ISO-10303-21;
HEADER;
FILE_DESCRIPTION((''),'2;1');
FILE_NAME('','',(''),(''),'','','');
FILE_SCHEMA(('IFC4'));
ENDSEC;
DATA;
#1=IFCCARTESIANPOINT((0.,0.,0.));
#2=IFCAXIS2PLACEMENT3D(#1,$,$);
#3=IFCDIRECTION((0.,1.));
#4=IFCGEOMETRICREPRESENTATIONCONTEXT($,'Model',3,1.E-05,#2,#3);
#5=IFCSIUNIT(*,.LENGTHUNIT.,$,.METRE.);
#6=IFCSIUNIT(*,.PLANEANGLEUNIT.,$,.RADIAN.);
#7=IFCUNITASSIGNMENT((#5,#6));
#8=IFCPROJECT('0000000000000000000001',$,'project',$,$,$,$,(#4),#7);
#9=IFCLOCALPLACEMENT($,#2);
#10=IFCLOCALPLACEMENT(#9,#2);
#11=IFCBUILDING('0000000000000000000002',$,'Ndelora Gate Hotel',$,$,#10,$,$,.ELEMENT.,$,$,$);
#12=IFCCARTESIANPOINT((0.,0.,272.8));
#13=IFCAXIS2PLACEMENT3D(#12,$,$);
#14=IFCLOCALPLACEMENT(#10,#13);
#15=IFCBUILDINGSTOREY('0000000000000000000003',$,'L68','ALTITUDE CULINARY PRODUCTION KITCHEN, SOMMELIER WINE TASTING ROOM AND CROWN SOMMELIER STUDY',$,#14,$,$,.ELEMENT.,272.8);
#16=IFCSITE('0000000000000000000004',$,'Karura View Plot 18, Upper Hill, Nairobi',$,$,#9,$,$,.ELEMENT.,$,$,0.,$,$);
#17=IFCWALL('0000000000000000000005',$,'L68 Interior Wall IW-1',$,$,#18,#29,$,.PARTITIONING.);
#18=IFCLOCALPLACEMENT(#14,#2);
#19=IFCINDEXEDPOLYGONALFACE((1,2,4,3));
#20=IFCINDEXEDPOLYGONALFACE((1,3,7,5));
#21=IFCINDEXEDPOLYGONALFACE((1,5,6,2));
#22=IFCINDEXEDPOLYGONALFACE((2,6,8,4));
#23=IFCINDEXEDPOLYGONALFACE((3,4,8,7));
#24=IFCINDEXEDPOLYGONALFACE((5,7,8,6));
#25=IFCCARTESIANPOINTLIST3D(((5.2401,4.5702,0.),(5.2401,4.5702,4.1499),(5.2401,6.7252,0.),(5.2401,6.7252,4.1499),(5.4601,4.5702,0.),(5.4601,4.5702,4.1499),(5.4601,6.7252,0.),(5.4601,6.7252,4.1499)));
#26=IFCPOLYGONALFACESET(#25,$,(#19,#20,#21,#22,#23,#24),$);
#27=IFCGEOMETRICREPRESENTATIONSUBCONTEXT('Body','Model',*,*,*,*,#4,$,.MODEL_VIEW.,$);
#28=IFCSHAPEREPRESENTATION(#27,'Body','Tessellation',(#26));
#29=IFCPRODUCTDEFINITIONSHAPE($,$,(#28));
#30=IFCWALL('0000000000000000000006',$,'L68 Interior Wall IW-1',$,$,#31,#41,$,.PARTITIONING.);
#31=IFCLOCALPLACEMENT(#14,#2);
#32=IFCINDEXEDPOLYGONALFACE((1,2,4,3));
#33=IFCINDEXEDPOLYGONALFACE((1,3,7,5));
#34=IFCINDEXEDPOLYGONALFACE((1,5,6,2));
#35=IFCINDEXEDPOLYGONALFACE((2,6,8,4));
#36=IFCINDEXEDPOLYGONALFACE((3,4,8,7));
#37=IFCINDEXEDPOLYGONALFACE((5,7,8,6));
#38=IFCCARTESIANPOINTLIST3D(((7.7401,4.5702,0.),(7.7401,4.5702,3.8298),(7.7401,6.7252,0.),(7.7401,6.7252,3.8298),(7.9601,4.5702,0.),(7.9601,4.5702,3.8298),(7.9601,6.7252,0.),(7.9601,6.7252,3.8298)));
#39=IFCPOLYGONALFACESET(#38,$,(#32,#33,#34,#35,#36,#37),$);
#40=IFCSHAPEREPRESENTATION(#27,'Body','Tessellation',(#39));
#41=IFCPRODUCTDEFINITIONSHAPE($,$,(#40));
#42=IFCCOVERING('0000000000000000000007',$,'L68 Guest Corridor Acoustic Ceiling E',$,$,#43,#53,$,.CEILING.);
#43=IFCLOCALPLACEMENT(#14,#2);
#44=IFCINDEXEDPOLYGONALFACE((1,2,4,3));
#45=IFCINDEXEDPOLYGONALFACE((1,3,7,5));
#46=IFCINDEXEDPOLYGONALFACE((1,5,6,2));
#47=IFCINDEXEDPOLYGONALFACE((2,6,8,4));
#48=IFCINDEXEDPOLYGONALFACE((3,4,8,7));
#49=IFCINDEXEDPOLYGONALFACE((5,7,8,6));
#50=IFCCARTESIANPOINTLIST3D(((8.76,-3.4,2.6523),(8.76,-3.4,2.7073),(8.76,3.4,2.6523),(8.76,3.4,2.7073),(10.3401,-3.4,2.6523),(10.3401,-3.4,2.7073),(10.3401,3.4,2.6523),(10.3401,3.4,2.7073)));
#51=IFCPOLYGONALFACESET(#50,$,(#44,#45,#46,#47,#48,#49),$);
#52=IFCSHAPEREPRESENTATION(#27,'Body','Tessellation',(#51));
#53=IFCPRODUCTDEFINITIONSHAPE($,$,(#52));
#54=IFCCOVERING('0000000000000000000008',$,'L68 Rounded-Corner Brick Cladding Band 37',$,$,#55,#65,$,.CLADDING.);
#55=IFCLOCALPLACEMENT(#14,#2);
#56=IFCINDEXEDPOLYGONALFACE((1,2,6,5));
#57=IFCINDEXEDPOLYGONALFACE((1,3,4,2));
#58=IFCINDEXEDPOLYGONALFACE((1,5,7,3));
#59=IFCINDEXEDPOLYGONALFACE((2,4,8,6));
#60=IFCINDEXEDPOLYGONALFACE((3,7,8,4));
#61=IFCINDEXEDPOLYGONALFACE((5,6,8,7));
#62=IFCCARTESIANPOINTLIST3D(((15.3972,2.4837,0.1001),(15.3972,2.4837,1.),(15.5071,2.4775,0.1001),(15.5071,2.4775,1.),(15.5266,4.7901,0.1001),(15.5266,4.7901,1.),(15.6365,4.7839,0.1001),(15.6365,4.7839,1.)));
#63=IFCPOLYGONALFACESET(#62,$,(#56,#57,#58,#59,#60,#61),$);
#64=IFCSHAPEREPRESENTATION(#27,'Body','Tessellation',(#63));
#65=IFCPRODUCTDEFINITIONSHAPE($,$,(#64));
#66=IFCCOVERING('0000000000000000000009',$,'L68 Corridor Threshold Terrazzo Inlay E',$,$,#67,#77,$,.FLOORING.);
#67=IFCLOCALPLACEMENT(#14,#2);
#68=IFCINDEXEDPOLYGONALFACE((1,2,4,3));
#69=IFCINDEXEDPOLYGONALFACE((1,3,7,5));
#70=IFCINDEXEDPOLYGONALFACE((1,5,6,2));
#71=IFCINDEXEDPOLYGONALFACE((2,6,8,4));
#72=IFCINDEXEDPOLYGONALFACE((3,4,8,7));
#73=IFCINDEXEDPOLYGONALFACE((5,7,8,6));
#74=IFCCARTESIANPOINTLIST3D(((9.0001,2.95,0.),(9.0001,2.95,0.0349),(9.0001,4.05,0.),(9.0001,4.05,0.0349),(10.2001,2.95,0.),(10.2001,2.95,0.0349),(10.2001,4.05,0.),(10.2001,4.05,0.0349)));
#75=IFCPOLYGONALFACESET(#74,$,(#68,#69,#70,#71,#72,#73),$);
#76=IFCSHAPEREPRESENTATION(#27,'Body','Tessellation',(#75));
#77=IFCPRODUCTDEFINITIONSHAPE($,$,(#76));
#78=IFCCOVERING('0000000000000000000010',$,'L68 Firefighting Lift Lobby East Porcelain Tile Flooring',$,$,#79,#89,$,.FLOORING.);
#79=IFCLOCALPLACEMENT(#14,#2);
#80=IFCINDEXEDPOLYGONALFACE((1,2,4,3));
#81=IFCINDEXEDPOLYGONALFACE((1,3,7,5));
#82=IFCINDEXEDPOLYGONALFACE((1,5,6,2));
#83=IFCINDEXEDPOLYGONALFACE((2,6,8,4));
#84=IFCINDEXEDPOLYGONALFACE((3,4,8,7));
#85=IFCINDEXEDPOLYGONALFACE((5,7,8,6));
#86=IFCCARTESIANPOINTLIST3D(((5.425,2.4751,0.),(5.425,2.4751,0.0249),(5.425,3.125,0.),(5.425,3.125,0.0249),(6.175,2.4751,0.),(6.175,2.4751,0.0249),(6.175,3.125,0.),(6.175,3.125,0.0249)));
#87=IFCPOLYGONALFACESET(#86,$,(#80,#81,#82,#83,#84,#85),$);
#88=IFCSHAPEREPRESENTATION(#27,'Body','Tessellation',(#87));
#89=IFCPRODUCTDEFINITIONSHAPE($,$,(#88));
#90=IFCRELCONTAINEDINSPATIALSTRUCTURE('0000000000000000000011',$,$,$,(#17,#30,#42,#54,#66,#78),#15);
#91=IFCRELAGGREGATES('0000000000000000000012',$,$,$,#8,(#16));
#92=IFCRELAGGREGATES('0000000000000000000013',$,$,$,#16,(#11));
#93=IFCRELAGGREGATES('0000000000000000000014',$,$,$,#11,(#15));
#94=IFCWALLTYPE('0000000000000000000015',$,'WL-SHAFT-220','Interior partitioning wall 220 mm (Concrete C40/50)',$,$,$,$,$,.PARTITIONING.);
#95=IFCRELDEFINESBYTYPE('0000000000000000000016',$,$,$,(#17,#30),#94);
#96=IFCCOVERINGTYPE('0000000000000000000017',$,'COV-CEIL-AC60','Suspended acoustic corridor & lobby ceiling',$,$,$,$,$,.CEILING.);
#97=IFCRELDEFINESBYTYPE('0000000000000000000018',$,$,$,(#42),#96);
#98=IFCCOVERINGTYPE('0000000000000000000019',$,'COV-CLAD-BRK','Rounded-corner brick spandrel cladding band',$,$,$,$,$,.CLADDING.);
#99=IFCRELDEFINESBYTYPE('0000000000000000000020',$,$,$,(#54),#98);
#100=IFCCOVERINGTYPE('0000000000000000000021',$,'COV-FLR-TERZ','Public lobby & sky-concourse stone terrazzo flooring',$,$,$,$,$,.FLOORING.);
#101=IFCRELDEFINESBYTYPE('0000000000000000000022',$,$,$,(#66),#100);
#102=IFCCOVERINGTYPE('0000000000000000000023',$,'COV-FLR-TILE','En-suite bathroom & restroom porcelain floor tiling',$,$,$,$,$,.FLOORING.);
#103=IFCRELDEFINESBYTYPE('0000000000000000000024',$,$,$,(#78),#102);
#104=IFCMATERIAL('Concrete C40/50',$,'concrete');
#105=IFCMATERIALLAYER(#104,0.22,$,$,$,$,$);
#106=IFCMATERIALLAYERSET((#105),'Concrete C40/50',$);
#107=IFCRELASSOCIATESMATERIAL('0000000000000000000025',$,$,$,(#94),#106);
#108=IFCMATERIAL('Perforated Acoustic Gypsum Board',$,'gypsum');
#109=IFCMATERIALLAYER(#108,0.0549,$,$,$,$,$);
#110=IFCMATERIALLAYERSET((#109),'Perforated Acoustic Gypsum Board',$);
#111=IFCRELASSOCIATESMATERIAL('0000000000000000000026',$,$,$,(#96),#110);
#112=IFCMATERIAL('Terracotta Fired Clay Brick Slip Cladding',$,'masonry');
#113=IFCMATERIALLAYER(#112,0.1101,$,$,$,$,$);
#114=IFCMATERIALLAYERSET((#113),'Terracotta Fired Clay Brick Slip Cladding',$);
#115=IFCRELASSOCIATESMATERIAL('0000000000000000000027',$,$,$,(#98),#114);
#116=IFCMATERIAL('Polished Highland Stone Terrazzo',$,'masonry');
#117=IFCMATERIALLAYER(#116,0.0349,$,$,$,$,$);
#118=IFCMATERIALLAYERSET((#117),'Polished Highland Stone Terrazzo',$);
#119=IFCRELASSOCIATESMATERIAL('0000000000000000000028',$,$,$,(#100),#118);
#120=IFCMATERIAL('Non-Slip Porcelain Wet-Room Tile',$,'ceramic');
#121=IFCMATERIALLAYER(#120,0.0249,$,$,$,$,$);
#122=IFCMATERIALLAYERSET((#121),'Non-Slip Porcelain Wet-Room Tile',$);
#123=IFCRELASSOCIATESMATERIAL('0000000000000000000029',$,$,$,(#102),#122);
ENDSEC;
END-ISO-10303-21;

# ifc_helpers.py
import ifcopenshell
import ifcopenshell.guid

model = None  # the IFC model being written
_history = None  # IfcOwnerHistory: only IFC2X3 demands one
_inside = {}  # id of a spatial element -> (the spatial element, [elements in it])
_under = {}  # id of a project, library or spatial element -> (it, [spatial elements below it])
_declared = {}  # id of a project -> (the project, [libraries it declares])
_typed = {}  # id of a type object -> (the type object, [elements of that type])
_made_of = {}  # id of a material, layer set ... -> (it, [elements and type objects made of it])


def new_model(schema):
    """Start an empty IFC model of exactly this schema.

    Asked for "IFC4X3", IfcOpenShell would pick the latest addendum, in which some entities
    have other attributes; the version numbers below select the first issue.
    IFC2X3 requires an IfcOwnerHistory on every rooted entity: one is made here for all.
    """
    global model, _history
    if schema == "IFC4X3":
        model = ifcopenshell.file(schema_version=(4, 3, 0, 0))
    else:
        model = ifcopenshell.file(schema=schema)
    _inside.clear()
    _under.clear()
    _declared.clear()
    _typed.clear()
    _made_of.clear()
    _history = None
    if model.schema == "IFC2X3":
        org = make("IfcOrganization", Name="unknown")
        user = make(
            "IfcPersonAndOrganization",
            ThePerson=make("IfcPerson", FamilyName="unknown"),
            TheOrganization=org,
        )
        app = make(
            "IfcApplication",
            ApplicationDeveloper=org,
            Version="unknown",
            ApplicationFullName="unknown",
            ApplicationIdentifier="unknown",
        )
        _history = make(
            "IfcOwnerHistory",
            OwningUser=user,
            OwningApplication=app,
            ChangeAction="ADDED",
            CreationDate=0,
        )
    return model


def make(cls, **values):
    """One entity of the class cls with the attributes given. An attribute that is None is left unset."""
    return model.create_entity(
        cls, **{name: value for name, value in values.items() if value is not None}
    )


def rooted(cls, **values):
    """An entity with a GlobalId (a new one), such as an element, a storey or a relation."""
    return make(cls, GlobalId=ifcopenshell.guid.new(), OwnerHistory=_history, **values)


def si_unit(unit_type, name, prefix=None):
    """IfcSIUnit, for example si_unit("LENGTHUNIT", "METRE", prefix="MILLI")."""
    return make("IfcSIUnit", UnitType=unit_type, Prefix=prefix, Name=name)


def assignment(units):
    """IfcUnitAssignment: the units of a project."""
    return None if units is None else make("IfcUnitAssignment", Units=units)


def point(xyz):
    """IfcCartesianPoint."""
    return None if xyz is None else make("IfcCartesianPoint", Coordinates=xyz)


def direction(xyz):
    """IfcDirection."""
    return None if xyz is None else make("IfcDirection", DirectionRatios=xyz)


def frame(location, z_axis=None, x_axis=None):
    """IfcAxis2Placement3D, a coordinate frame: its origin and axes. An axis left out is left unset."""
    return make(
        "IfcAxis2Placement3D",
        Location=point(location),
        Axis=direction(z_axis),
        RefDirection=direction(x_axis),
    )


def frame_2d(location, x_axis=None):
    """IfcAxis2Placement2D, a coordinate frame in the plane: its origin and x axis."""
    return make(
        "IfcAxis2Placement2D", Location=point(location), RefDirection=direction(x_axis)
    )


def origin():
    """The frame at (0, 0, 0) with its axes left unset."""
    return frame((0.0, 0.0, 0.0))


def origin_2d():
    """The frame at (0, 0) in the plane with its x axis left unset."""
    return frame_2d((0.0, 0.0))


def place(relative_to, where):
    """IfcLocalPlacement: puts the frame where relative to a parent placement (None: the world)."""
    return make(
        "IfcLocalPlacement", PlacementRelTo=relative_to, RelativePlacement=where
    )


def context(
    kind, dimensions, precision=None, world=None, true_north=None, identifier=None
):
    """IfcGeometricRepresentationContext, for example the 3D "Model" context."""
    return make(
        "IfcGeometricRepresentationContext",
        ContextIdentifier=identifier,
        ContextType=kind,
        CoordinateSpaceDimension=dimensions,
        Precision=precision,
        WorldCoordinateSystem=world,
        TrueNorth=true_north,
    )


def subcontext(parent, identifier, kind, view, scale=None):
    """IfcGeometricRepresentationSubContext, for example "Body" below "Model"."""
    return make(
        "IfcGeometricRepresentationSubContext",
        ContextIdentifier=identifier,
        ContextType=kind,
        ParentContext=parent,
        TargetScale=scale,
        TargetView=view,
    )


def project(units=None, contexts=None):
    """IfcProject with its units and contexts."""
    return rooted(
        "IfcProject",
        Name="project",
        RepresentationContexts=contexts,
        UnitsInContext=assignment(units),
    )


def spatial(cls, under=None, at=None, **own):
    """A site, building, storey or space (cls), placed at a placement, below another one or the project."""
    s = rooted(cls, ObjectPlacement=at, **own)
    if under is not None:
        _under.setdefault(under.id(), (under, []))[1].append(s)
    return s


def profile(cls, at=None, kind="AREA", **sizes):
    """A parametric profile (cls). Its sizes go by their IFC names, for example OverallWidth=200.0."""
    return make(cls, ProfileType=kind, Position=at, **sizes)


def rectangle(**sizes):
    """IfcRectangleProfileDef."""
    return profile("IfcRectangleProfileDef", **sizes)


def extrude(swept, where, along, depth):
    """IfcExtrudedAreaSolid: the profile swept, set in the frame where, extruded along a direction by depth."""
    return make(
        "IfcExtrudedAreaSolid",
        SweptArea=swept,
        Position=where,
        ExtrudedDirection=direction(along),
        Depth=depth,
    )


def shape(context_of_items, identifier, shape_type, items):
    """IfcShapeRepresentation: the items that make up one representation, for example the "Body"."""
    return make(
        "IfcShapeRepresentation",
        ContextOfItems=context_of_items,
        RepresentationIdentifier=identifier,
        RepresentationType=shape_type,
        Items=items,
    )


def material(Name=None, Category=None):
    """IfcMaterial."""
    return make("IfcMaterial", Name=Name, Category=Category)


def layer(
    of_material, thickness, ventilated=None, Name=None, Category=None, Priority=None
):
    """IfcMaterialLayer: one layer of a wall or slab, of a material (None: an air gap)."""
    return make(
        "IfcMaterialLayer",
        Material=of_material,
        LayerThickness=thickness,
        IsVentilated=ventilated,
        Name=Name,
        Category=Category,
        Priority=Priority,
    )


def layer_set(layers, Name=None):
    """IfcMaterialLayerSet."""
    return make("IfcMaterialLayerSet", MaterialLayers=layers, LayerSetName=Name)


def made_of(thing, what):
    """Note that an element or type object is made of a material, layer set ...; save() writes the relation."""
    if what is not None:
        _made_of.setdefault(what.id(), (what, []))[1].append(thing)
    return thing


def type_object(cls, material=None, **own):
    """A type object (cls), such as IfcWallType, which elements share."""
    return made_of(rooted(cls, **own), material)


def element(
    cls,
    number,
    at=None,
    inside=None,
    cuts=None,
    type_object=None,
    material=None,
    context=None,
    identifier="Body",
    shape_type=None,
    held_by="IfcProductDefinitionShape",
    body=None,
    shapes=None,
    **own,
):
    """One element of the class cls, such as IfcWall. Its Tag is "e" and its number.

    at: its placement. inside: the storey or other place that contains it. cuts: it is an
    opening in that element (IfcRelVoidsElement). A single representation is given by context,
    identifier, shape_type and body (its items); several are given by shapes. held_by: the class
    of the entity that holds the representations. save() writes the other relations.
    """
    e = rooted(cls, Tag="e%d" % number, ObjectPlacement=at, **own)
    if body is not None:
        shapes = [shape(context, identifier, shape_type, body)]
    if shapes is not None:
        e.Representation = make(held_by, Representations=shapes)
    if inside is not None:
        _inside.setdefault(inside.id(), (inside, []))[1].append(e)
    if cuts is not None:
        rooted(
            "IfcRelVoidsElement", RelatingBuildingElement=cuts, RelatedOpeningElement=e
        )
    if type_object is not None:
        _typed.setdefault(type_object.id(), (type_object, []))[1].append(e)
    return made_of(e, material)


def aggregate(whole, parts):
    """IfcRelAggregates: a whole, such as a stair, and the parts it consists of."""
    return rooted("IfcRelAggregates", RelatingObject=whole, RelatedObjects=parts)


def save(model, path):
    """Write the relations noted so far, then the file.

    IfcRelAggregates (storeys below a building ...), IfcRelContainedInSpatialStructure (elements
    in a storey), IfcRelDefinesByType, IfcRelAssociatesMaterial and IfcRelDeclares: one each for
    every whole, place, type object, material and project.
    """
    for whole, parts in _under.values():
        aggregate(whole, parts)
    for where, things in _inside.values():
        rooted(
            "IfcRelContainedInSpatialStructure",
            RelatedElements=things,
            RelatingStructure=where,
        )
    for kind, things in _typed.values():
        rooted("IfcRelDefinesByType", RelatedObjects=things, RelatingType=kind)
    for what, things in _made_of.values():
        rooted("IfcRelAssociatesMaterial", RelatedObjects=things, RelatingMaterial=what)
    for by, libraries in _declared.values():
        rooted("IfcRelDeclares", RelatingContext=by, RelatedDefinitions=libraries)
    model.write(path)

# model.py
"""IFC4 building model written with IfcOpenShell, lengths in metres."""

from ifc_helpers import new_model, si_unit, direction, frame, frame_2d, origin, origin_2d, place, context, subcontext, project, spatial, rectangle, extrude, material, layer, layer_set, type_object, element, save


model = new_model("IFC4")

# Units and contexts
model_context = context("Model", 3, precision=1e-05, world=origin(), true_north=direction((0.0, 1.0)))
body_context = subcontext(model_context, "Body", "Model", "MODEL_VIEW")
ifc_project = project(units=[si_unit("LENGTHUNIT", "METRE"), si_unit("PLANEANGLEUNIT", "RADIAN")], contexts=[model_context])

# Site, building, storey
site_placement = place(None, origin())
site = spatial("IfcSite", under=ifc_project, at=site_placement, Name="Karura View Plot 18, Upper Hill, Nairobi", CompositionType="ELEMENT", RefElevation=0.0)
building_placement = place(site_placement, origin())
building = spatial("IfcBuilding", under=site, at=building_placement, Name="Ndelora Gate Hotel", CompositionType="ELEMENT")
storey_placement = place(building_placement, frame((0.0, 0.0, 272.8)))
storey = spatial("IfcBuildingStorey", under=building, at=storey_placement, Name="L68", Description="ALTITUDE CULINARY PRODUCTION KITCHEN, SOMMELIER WINE TASTING ROOM AND CROWN SOMMELIER STUDY", CompositionType="ELEMENT", Elevation=272.8)

# Shared definitions
ifc_material_1 = material(Name="Concrete C40/50", Category="concrete")

# Walls
ifc_layer_1 = layer(ifc_material_1, 0.22)
ifc_layer_set_1 = layer_set([ifc_layer_1], Name="Concrete C40/50")
wall_type_1 = type_object("IfcWallType", Name="WL-SHAFT-220", Description="Interior partitioning wall 220 mm (Concrete C40/50)", PredefinedType="PARTITIONING", material=ifc_layer_set_1)
wall_1_placement = place(storey_placement, frame((5.3501, 4.5701, 0.0), z_axis=(0.0, 0.0, 1.0), x_axis=(0.0, 1.0, 0.0)))
element("IfcWall", 1, at=wall_1_placement, inside=storey, type_object=wall_type_1, Name="L68 Interior Wall IW-1", PredefinedType="PARTITIONING", context=body_context, shape_type="SweptSolid", body=[
    extrude(rectangle(XDim=2.155, YDim=0.22, at=frame_2d((1.0776, 0.0))), origin(), (0.0, 0.0, 1.0), 4.1499),
])
wall_2_placement = place(storey_placement, frame((7.8501, 4.5701, 0.0), z_axis=(0.0, 0.0, 1.0), x_axis=(0.0, 1.0, 0.0)))
element("IfcWall", 2, at=wall_2_placement, inside=storey, type_object=wall_type_1, Name="L68 Interior Wall IW-1", PredefinedType="PARTITIONING", context=body_context, shape_type="SweptSolid", body=[
    extrude(rectangle(XDim=2.155, YDim=0.22, at=frame_2d((1.0776, 0.0))), origin(), (0.0, 0.0, 1.0), 3.8298),
])

# Coverings
ifc_material_2 = material(Name="Perforated Acoustic Gypsum Board", Category="gypsum")
ifc_layer_2 = layer(ifc_material_2, 0.0549)
ifc_layer_set_2 = layer_set([ifc_layer_2], Name="Perforated Acoustic Gypsum Board")
covering_type_1 = type_object("IfcCoveringType", Name="COV-CEIL-AC60", Description="Suspended acoustic corridor & lobby ceiling", PredefinedType="CEILING", material=ifc_layer_set_2)
covering_1_placement = place(storey_placement, frame((9.55, 0.0, 2.6523), z_axis=(0.0, 0.0, 1.0), x_axis=(1.0, 0.0, 0.0)))
element("IfcCovering", 3, at=covering_1_placement, inside=storey, type_object=covering_type_1, Name="L68 Guest Corridor Acoustic Ceiling E", PredefinedType="CEILING", context=body_context, shape_type="SweptSolid", body=[
    extrude(rectangle(XDim=1.5801, YDim=6.8, at=origin_2d()), origin(), (0.0, 0.0, 1.0), 0.0549),
])
ifc_material_3 = material(Name="Terracotta Fired Clay Brick Slip Cladding", Category="masonry")
ifc_layer_3 = layer(ifc_material_3, 0.1101)
ifc_layer_set_3 = layer_set([ifc_layer_3], Name="Terracotta Fired Clay Brick Slip Cladding")
covering_type_2 = type_object("IfcCoveringType", Name="COV-CLAD-BRK", Description="Rounded-corner brick spandrel cladding band", PredefinedType="CLADDING", material=ifc_layer_set_3)
covering_2_placement = place(storey_placement, frame((15.5168, 3.6338, 0.1001), z_axis=(0.0, 0.0, 1.0), x_axis=(0.055996, 0.998431, 0.0)))
element("IfcCovering", 4, at=covering_2_placement, inside=storey, type_object=covering_type_2, Name="L68 Rounded-Corner Brick Cladding Band 37", PredefinedType="CLADDING", context=body_context, shape_type="SweptSolid", body=[
    extrude(rectangle(XDim=2.3101, YDim=0.1101, at=origin_2d()), origin(), (0.0, 0.0, 1.0), 0.8999),
])
ifc_material_4 = material(Name="Polished Highland Stone Terrazzo", Category="masonry")
ifc_layer_4 = layer(ifc_material_4, 0.0349)
ifc_layer_set_4 = layer_set([ifc_layer_4], Name="Polished Highland Stone Terrazzo")
covering_type_3 = type_object("IfcCoveringType", Name="COV-FLR-TERZ", Description="Public lobby & sky-concourse stone terrazzo flooring", PredefinedType="FLOORING", material=ifc_layer_set_4)
covering_3_placement = place(storey_placement, frame((9.6001, 3.5, 0.0), z_axis=(0.0, 0.0, 1.0), x_axis=(1.0, 0.0, 0.0)))
element("IfcCovering", 5, at=covering_3_placement, inside=storey, type_object=covering_type_3, Name="L68 Corridor Threshold Terrazzo Inlay E", PredefinedType="FLOORING", context=body_context, shape_type="SweptSolid", body=[
    extrude(rectangle(XDim=1.2, YDim=1.1001, at=origin_2d()), origin(), (0.0, 0.0, 1.0), 0.0349),
])
ifc_material_5 = material(Name="Non-Slip Porcelain Wet-Room Tile", Category="ceramic")
ifc_layer_5 = layer(ifc_material_5, 0.0249)
ifc_layer_set_5 = layer_set([ifc_layer_5], Name="Non-Slip Porcelain Wet-Room Tile")
covering_type_4 = type_object("IfcCoveringType", Name="COV-FLR-TILE", Description="En-suite bathroom & restroom porcelain floor tiling", PredefinedType="FLOORING", material=ifc_layer_set_5)
covering_4_placement = place(storey_placement, frame((5.8, 2.8, 0.0), z_axis=(0.0, 0.0, 1.0), x_axis=(1.0, 0.0, 0.0)))
element("IfcCovering", 6, at=covering_4_placement, inside=storey, type_object=covering_type_4, Name="L68 Firefighting Lift Lobby East Porcelain Tile Flooring", PredefinedType="FLOORING", context=body_context, shape_type="SweptSolid", body=[
    extrude(rectangle(XDim=0.75, YDim=0.6499, at=origin_2d()), origin(), (0.0, 0.0, 1.0), 0.0249),
])

save(model, "model.ifc")
